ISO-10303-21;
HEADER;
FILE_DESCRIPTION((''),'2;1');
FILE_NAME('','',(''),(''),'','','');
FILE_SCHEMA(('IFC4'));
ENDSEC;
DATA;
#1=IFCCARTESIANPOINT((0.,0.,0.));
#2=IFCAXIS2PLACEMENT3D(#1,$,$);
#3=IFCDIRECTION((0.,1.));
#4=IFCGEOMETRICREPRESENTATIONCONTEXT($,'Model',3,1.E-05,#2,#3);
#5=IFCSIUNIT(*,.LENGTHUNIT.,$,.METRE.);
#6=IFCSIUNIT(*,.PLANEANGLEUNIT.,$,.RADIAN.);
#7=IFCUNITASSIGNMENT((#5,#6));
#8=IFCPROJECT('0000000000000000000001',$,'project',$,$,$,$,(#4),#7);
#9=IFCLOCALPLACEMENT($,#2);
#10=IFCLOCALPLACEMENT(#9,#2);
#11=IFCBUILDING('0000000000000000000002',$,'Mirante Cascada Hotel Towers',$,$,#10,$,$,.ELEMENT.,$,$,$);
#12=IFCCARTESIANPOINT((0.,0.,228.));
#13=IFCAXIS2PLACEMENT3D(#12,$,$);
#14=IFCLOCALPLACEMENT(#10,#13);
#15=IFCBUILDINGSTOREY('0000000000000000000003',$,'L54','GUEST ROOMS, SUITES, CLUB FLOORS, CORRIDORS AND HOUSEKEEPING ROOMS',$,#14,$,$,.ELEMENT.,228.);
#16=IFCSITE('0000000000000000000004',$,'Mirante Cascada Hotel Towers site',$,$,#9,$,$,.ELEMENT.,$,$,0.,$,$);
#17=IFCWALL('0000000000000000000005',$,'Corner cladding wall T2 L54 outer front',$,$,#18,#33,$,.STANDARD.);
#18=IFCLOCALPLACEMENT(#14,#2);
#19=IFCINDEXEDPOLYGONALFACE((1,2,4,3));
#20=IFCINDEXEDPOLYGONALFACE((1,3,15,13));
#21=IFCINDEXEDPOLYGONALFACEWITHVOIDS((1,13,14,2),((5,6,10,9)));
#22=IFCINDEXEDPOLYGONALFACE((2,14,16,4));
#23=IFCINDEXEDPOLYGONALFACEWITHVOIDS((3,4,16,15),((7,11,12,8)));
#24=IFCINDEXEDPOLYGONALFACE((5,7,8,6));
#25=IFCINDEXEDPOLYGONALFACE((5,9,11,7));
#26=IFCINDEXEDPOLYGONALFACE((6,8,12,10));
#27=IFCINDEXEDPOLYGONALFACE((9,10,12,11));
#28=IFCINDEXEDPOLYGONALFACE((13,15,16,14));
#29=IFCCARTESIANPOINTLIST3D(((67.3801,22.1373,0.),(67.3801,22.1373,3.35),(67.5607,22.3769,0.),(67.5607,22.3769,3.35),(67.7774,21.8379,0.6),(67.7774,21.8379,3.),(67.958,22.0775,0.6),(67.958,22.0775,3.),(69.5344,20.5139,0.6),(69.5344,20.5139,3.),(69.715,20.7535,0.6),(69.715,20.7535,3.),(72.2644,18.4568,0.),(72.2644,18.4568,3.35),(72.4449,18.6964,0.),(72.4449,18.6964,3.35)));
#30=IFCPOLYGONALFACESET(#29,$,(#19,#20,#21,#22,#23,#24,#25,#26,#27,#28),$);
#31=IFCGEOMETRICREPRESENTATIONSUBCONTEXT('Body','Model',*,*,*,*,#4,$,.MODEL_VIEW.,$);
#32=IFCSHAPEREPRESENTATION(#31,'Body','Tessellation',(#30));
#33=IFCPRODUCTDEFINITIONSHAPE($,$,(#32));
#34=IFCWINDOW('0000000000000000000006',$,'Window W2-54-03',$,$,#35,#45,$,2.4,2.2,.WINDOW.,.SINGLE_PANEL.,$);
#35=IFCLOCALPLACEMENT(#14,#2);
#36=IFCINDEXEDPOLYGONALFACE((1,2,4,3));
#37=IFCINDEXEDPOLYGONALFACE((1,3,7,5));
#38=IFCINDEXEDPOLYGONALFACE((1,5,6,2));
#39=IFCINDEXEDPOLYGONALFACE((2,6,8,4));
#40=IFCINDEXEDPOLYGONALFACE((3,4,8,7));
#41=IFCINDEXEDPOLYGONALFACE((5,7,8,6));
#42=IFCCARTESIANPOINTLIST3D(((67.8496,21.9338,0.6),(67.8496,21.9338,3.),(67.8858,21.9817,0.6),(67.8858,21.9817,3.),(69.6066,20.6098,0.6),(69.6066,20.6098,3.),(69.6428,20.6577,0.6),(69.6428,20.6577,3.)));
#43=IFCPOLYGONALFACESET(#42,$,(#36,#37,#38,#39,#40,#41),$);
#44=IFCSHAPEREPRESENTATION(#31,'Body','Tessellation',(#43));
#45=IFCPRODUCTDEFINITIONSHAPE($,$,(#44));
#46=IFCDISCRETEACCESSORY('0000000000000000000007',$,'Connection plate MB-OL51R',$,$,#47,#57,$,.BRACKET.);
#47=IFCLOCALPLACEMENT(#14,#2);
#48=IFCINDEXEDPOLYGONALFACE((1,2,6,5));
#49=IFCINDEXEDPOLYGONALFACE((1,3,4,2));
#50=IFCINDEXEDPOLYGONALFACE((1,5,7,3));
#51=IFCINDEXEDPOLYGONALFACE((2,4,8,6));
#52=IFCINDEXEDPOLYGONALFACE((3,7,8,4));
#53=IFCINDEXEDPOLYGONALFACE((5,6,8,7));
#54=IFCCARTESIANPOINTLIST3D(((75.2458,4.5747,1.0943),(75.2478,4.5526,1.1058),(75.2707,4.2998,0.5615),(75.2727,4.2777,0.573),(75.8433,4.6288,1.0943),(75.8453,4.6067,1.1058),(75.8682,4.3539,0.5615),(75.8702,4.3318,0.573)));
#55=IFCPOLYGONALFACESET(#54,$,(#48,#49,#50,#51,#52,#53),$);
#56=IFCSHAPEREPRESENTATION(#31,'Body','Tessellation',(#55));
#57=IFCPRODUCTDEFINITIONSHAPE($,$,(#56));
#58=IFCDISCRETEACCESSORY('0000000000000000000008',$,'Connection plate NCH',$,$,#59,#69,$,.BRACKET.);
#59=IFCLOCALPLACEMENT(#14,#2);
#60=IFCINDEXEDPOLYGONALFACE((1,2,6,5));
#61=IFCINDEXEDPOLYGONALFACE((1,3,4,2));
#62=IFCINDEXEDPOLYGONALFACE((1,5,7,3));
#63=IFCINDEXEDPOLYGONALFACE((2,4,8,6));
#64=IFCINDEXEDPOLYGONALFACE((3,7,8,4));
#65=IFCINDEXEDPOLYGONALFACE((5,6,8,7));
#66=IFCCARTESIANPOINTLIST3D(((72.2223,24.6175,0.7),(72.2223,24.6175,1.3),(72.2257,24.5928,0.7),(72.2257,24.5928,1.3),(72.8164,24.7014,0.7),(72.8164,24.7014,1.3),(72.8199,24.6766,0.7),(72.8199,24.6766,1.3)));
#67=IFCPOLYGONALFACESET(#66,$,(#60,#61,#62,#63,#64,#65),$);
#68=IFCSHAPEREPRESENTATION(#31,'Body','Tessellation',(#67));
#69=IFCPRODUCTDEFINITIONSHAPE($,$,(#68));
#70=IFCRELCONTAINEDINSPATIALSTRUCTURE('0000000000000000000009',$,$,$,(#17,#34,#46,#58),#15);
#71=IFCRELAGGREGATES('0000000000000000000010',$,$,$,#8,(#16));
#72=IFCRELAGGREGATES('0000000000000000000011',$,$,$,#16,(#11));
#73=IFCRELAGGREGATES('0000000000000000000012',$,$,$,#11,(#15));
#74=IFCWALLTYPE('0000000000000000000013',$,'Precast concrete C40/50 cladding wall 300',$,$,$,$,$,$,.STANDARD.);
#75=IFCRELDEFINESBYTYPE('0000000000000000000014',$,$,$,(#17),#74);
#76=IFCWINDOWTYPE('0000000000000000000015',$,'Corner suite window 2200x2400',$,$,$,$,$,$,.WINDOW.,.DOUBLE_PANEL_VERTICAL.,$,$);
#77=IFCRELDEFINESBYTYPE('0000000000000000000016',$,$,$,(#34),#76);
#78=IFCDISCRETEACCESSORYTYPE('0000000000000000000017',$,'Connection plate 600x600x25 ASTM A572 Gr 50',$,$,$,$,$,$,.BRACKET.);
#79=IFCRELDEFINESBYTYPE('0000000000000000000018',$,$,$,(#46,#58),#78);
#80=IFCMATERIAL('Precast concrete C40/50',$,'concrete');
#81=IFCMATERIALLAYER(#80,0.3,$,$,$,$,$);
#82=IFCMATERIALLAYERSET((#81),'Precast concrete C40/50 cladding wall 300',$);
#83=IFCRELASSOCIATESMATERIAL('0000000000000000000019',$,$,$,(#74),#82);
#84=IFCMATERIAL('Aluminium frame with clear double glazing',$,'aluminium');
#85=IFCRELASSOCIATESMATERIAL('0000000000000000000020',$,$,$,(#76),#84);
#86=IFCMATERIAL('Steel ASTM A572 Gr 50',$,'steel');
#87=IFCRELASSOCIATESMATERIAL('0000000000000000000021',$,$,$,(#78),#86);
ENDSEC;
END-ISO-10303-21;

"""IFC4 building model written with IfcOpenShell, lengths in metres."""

from ifc_helpers import new_model, si_unit, direction, frame, frame_2d, origin, origin_2d, place, context, subcontext, project, spatial, rectangle, extrude, material, layer, layer_set, material_profile, profile_set, type_object, element, fill, save


model = new_model("IFC4")

# Units and contexts
model_context = context("Model", 3, precision=1e-05, world=origin(), true_north=direction((0.0, 1.0)))
body_context = subcontext(model_context, "Body", "Model", "MODEL_VIEW")
ifc_project = project(units=[si_unit("LENGTHUNIT", "METRE"), si_unit("PLANEANGLEUNIT", "RADIAN")], contexts=[model_context])

# Site, building, storey
site_placement = place(None, origin())
site = spatial("IfcSite", under=ifc_project, at=site_placement, Name="Mirante Cascada Hotel Towers site", CompositionType="ELEMENT", RefElevation=0.0)
building_placement = place(site_placement, origin())
building = spatial("IfcBuilding", under=site, at=building_placement, Name="Mirante Cascada Hotel Towers", CompositionType="ELEMENT")
storey_placement = place(building_placement, frame((0.0, 0.0, 228.0)))
storey = spatial("IfcBuildingStorey", under=building, at=storey_placement, Name="L54", Description="GUEST ROOMS, SUITES, CLUB FLOORS, CORRIDORS AND HOUSEKEEPING ROOMS", CompositionType="ELEMENT", Elevation=228.0)

# Wall, opening, window
ifc_material_1 = material(Name="Precast concrete C40/50", Category="concrete")
ifc_layer_1 = layer(ifc_material_1, 0.3)
ifc_layer_set_1 = layer_set([ifc_layer_1], Name="Precast concrete C40/50 cladding wall 300")
wall_type_1 = type_object("IfcWallType", Name="Precast concrete C40/50 cladding wall 300", PredefinedType="STANDARD", material=ifc_layer_set_1)
wall_1_placement = place(storey_placement, frame((72.3546, 18.5766, 0.0), z_axis=(0.0, 0.0, 1.0), x_axis=(-0.798636, 0.601814, 0.0)))
wall_1 = element("IfcWall", 1, at=wall_1_placement, inside=storey, type_object=wall_type_1, Name="Corner cladding wall T2 L54 outer front", PredefinedType="STANDARD", context=body_context, shape_type="SweptSolid", body=[
    extrude(rectangle(XDim=6.1157, YDim=0.3, at=frame_2d((3.0578, 0.0))), origin(), (0.0, 0.0, 1.0), 3.35),
])
opening_1_placement = place(wall_1_placement, frame((3.4182, 0.0, 0.6)))
opening_1 = element("IfcOpeningElement", 2, at=opening_1_placement, cuts=wall_1, PredefinedType="OPENING", context=body_context, shape_type="SweptSolid", body=[
    extrude(rectangle(XDim=2.2, YDim=2.4, at=frame_2d((1.1, 1.2))), frame((0.0, 0.15, 0.0), z_axis=(0.0, -1.0, 0.0), x_axis=(1.0, 0.0, 0.0)), (0.0, 0.0, 1.0), 0.3),
])
ifc_material_2 = material(Name="Aluminium frame with clear double glazing", Category="aluminium")
window_type = type_object("IfcWindowType", Name="Corner suite window 2200x2400", PartitioningType="DOUBLE_PANEL_VERTICAL", PredefinedType="WINDOW", material=ifc_material_2)
window_placement = place(opening_1_placement, origin())
window = element("IfcWindow", 3, at=window_placement, inside=storey, type_object=window_type, Name="Window W2-54-03", OverallHeight=2.4, OverallWidth=2.2, PartitioningType="SINGLE_PANEL", PredefinedType="WINDOW", context=body_context, shape_type="SweptSolid", body=[
    extrude(rectangle(XDim=2.2, YDim=2.4, at=frame_2d((1.1, 1.2))), frame((0.0, 0.03, 0.0), z_axis=(0.0, -1.0, 0.0), x_axis=(1.0, 0.0, 0.0)), (0.0, 0.0, 1.0), 0.06),
])
fill(opening_1, window)

# Discrete accessories
ifc_material_3 = material(Name="Steel ASTM A572 Gr 50", Category="steel")
ifc_material_profile_1 = material_profile(ifc_material_3, rectangle(XDim=0.6, YDim=0.6, at=origin_2d()), Name="Connection plate 600x600x25 ASTM A572 Gr 50")
ifc_profile_set_1 = profile_set([ifc_material_profile_1], Name="Steel ASTM A572 Gr 50")
discrete_accessory_type = type_object("IfcDiscreteAccessoryType", Name="Connection plate 600x600x25 ASTM A572 Gr 50", PredefinedType="BRACKET", material=ifc_profile_set_1)
for number, where, z_axis, x_axis, name in (
    (4, (75.557, 4.4643, 0.8279), (0.080022, -0.88424, 0.460125), (0.99593, 0.090129, 0.0), "Connection plate MB-OL51R"),
    (5, (72.5228, 24.6347, 1.0), (-0.139744, 0.990188, 0.0), (-0.990188, -0.139744, 0.0), "Connection plate NCH"),
):
    element("IfcDiscreteAccessory", number, at=place(storey_placement, frame(where, z_axis=z_axis, x_axis=x_axis)), inside=storey, type_object=discrete_accessory_type, Name=name, PredefinedType="BRACKET", context=body_context, shape_type="SweptSolid", body=[
        extrude(rectangle(XDim=0.6, YDim=0.6, at=origin_2d()), origin(), (0.0, 0.0, 1.0), 0.025),
    ])

save(model, "model.ifc")
